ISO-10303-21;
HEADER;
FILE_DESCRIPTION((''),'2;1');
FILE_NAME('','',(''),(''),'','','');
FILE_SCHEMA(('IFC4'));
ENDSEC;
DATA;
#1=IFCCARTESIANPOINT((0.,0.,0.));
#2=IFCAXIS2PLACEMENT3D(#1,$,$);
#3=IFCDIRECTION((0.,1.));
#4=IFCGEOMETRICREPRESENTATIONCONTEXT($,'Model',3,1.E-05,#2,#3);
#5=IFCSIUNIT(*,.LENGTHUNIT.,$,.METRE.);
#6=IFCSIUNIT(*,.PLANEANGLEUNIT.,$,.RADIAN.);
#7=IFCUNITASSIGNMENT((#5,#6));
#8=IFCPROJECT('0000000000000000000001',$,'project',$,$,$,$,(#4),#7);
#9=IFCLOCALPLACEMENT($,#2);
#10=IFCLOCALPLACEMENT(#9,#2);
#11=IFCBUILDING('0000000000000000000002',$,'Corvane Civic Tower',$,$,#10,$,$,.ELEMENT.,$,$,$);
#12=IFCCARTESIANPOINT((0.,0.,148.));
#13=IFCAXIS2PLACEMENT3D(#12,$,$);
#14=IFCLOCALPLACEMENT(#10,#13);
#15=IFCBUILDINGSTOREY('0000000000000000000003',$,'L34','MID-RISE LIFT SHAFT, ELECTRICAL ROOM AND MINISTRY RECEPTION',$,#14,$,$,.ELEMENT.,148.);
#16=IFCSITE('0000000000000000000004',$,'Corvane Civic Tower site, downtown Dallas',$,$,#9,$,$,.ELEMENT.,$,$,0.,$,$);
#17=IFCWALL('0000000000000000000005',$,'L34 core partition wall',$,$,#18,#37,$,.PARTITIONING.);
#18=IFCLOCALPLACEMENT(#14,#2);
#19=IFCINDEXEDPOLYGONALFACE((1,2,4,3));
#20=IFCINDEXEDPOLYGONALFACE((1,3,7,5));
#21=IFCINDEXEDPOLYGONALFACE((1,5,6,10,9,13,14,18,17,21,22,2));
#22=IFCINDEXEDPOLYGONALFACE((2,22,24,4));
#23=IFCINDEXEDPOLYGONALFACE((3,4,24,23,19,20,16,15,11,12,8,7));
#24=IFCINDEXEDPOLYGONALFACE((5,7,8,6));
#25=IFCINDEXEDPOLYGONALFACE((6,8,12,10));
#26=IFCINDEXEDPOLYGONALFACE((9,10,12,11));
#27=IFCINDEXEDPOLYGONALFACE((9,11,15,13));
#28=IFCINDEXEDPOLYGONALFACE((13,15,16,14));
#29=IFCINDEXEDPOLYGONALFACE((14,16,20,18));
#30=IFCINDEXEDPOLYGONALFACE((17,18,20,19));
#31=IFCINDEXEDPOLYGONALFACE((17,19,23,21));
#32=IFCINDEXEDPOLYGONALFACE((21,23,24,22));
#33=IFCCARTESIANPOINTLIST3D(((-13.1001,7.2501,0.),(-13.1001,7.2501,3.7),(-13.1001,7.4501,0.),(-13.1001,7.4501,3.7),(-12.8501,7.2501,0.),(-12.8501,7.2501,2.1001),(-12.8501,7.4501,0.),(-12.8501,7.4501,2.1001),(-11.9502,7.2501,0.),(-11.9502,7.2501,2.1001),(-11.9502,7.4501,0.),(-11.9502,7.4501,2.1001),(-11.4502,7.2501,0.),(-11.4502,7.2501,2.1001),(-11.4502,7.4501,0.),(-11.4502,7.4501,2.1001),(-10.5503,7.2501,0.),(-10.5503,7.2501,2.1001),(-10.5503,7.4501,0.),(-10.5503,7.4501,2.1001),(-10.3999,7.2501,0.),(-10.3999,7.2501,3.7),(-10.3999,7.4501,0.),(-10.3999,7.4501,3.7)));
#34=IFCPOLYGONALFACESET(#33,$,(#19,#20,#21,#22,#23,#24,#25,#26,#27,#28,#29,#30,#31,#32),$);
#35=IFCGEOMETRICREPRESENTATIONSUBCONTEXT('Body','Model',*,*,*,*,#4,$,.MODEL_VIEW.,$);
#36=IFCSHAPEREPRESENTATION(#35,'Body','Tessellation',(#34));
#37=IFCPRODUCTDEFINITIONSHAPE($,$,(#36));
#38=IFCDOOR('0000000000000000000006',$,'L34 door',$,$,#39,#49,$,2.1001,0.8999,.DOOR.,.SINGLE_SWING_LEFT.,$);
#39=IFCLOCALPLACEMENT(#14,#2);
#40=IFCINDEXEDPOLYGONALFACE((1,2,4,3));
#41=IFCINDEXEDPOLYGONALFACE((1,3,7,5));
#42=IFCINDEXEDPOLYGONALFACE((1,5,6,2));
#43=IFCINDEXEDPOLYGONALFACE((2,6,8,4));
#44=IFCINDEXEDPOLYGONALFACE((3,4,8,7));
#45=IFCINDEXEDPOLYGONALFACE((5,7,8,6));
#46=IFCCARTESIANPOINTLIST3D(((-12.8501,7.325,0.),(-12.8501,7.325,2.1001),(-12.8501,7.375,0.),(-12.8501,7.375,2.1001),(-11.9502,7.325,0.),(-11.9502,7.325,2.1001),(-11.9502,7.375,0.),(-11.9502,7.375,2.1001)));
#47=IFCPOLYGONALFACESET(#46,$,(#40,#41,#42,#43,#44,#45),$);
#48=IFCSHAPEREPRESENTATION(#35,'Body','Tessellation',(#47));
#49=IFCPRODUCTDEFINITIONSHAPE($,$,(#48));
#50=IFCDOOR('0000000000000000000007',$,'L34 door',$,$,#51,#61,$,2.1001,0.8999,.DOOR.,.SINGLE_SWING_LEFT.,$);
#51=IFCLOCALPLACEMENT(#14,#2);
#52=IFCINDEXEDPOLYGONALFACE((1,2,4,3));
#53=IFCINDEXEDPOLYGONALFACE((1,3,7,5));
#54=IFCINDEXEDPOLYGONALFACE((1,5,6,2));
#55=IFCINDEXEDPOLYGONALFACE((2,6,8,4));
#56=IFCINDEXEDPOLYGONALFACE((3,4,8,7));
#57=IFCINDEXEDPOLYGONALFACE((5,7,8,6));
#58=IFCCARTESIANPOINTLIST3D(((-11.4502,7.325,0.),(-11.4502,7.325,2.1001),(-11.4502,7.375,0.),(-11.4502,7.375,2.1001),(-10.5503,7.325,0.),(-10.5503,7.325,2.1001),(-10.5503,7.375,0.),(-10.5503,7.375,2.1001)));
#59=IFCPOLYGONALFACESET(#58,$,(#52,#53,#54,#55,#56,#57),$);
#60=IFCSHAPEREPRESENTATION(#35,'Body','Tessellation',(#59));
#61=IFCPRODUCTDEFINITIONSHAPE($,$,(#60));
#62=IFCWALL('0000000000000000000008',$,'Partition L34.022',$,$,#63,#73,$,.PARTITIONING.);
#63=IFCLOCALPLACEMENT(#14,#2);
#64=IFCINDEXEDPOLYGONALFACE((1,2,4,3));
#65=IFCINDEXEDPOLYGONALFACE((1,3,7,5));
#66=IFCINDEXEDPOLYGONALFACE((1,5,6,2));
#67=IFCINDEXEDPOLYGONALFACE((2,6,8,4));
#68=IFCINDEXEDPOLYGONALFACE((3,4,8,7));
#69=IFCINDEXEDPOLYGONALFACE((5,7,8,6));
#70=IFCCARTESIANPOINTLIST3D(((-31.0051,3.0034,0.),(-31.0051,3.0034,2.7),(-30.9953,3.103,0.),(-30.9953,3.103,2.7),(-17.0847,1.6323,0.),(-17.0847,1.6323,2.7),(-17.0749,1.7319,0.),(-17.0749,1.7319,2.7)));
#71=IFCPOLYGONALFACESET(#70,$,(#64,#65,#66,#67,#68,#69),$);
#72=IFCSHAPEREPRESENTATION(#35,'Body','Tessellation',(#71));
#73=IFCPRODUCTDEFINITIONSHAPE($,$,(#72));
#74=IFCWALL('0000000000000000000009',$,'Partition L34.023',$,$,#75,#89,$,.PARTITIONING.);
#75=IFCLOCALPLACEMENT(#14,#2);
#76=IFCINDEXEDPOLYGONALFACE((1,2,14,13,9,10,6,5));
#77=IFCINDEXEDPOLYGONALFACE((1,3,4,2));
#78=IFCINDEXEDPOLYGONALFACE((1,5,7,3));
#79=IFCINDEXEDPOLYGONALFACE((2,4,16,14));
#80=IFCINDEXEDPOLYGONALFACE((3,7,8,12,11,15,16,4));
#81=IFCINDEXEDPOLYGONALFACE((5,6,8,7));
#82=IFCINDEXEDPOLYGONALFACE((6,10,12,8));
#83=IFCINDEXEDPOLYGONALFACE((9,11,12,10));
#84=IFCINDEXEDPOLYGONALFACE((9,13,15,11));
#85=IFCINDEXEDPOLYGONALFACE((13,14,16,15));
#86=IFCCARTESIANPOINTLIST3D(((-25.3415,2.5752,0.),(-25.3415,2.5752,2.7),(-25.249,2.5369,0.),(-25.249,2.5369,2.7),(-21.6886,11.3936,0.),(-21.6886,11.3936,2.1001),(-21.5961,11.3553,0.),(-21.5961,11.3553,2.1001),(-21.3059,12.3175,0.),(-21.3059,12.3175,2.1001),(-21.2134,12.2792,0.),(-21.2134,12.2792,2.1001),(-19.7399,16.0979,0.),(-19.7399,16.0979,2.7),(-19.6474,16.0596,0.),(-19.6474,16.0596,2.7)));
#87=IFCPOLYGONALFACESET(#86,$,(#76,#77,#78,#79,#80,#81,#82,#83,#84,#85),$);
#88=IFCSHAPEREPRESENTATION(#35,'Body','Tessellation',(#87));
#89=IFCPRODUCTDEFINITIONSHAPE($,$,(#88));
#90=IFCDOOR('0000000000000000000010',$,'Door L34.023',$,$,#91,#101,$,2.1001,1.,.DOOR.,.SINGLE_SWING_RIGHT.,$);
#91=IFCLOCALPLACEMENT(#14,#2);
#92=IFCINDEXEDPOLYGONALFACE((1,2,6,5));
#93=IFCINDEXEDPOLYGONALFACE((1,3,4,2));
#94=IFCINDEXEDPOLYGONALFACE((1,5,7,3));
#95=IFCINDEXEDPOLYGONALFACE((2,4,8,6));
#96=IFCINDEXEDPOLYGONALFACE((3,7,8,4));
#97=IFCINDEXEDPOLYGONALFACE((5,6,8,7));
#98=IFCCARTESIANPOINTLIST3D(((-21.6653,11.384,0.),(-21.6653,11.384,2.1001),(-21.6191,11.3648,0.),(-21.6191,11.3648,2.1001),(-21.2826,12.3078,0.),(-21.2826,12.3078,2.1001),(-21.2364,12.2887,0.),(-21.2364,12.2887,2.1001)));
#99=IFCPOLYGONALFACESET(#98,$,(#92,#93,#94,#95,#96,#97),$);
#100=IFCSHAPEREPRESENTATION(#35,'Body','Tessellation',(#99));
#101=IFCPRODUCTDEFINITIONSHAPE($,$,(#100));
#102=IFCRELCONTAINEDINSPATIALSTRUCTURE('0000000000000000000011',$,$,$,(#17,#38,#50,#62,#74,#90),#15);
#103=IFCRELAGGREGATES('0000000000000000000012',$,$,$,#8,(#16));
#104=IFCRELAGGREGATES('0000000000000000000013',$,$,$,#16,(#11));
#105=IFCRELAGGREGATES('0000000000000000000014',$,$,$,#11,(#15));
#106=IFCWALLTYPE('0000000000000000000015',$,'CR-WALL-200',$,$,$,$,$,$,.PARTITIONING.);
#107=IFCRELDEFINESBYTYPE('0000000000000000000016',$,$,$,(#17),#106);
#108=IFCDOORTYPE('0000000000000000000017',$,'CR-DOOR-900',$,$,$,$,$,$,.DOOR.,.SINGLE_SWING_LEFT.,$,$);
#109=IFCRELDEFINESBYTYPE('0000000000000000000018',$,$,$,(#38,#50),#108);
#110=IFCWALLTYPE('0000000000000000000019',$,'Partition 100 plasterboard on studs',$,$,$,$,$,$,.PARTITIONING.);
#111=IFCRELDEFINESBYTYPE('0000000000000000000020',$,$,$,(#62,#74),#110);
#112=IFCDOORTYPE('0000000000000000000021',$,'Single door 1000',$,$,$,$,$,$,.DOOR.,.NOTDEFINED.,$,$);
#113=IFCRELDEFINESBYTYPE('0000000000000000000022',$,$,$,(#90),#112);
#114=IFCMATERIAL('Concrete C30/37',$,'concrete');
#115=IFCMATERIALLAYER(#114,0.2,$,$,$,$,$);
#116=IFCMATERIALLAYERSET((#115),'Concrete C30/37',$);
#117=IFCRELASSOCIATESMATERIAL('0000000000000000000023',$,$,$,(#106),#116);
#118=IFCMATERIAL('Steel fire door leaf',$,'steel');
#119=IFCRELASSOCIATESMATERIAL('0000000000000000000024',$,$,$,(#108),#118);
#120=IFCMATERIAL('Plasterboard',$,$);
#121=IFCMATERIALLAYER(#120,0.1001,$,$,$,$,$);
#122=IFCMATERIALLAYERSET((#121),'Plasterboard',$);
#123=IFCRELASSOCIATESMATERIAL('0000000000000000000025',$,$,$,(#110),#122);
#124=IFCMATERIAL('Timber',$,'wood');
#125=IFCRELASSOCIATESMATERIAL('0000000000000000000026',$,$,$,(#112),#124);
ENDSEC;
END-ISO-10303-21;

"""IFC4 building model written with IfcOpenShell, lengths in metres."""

from ifc_helpers import new_model, si_unit, direction, frame, frame_2d, origin, place, context, subcontext, project, spatial, rectangle, extrude, material, layer, layer_set, type_object, element, fill, save


model = new_model("IFC4")

# Units and contexts
model_context = context("Model", 3, precision=1e-05, world=origin(), true_north=direction((0.0, 1.0)))
body_context = subcontext(model_context, "Body", "Model", "MODEL_VIEW")
ifc_project = project(units=[si_unit("LENGTHUNIT", "METRE"), si_unit("PLANEANGLEUNIT", "RADIAN")], contexts=[model_context])

# Site, building, storey
site_placement = place(None, origin())
site = spatial("IfcSite", under=ifc_project, at=site_placement, Name="Corvane Civic Tower site, downtown Dallas", CompositionType="ELEMENT", RefElevation=0.0)
building_placement = place(site_placement, origin())
building = spatial("IfcBuilding", under=site, at=building_placement, Name="Corvane Civic Tower", CompositionType="ELEMENT")
storey_placement = place(building_placement, frame((0.0, 0.0, 148.0)))
storey = spatial("IfcBuildingStorey", under=building, at=storey_placement, Name="L34", Description="MID-RISE LIFT SHAFT, ELECTRICAL ROOM AND MINISTRY RECEPTION", CompositionType="ELEMENT", Elevation=148.0)

# Wall, openings, doors
ifc_material_1 = material(Name="Concrete C30/37", Category="concrete")
ifc_layer_1 = layer(ifc_material_1, 0.2)
ifc_layer_set_1 = layer_set([ifc_layer_1], Name="Concrete C30/37")
wall_type_1 = type_object("IfcWallType", Name="CR-WALL-200", PredefinedType="PARTITIONING", material=ifc_layer_set_1)
ifc_material_2 = material(Name="Steel fire door leaf", Category="steel")
door_type_1 = type_object("IfcDoorType", Name="CR-DOOR-900", OperationType="SINGLE_SWING_LEFT", PredefinedType="DOOR", material=ifc_material_2)
wall_1_placement = place(storey_placement, frame((-13.1001, 7.3501, 0.0), z_axis=(0.0, 0.0, 1.0), x_axis=(1.0, 0.0, 0.0)))
wall_1 = element("IfcWall", 1, at=wall_1_placement, inside=storey, type_object=wall_type_1, Name="L34 core partition wall", PredefinedType="PARTITIONING", context=body_context, shape_type="SweptSolid", body=[
    extrude(rectangle(XDim=2.7002, YDim=0.2, at=frame_2d((1.3501, 0.0))), origin(), (0.0, 0.0, 1.0), 3.7),
])
opening_1_placement = place(wall_1_placement, frame((0.25, 0.0, 0.0)))
opening_1 = element("IfcOpeningElement", 2, at=opening_1_placement, cuts=wall_1, PredefinedType="OPENING", context=body_context, shape_type="SweptSolid", body=[
    extrude(rectangle(XDim=0.8999, YDim=2.1001, at=frame_2d((0.45, 1.05))), frame((0.0, 0.1099, 0.0), z_axis=(0.0, -1.0, 0.0), x_axis=(1.0, 0.0, 0.0)), (0.0, 0.0, 1.0), 0.22),
])
opening_2_placement = place(wall_1_placement, frame((1.6499, 0.0, 0.0)))
opening_2 = element("IfcOpeningElement", 3, at=opening_2_placement, cuts=wall_1, PredefinedType="OPENING", context=body_context, shape_type="SweptSolid", body=[
    extrude(rectangle(XDim=0.8999, YDim=2.1001, at=frame_2d((0.45, 1.05))), frame((0.0, 0.1099, 0.0), z_axis=(0.0, -1.0, 0.0), x_axis=(1.0, 0.0, 0.0)), (0.0, 0.0, 1.0), 0.22),
])
door_1_placement = place(opening_1_placement, origin())
door_1 = element("IfcDoor", 4, at=door_1_placement, inside=storey, type_object=door_type_1, Name="L34 door", OperationType="SINGLE_SWING_LEFT", OverallHeight=2.1001, OverallWidth=0.8999, PredefinedType="DOOR", context=body_context, shape_type="SweptSolid", body=[
    extrude(rectangle(XDim=0.8999, YDim=2.1001, at=frame_2d((0.45, 1.05))), frame((0.0, 0.0249, 0.0), z_axis=(0.0, -1.0, 0.0), x_axis=(1.0, 0.0, 0.0)), (0.0, 0.0, 1.0), 0.05),
])
fill(opening_1, door_1)
door_2_placement = place(opening_2_placement, origin())
door_2 = element("IfcDoor", 5, at=door_2_placement, inside=storey, type_object=door_type_1, Name="L34 door", OperationType="SINGLE_SWING_LEFT", OverallHeight=2.1001, OverallWidth=0.8999, PredefinedType="DOOR", context=body_context, shape_type="SweptSolid", body=[
    extrude(rectangle(XDim=0.8999, YDim=2.1001, at=frame_2d((0.45, 1.05))), frame((0.0, 0.0249, 0.0), z_axis=(0.0, -1.0, 0.0), x_axis=(1.0, 0.0, 0.0)), (0.0, 0.0, 1.0), 0.05),
])
fill(opening_2, door_2)

# Wall
ifc_material_3 = material(Name="Plasterboard")
ifc_layer_2 = layer(ifc_material_3, 0.1001)
ifc_layer_set_2 = layer_set([ifc_layer_2], Name="Plasterboard")
wall_type_2 = type_object("IfcWallType", Name="Partition 100 plasterboard on studs", PredefinedType="PARTITIONING", material=ifc_layer_set_2)
wall_2_placement = place(storey_placement, frame((-31.0002, 3.0532, 0.0), z_axis=(0.0, 0.0, 1.0), x_axis=(0.995184, -0.098021, 0.0)))
element("IfcWall", 6, at=wall_2_placement, inside=storey, type_object=wall_type_2, Name="Partition L34.022", PredefinedType="PARTITIONING", context=body_context, shape_type="SweptSolid", body=[
    extrude(rectangle(XDim=13.9878, YDim=0.1001, at=frame_2d((6.9939, 0.0))), origin(), (0.0, 0.0, 1.0), 2.7),
])

# Wall, opening, door
wall_3_placement = place(storey_placement, frame((-25.2952, 2.5562, 0.0), z_axis=(0.0, 0.0, 1.0), x_axis=(0.382699, 0.923873, 0.0)))
wall_3 = element("IfcWall", 7, at=wall_3_placement, inside=storey, type_object=wall_type_2, Name="Partition L34.023", PredefinedType="PARTITIONING", context=body_context, shape_type="SweptSolid", body=[
    extrude(rectangle(XDim=14.637, YDim=0.1001, at=frame_2d((7.3184, 0.0))), origin(), (0.0, 0.0, 1.0), 2.7),
])
opening_3_placement = place(wall_3_placement, frame((9.5449, 0.0, 0.0)))
opening_3 = element("IfcOpeningElement", 8, at=opening_3_placement, cuts=wall_3, PredefinedType="OPENING", context=body_context, shape_type="SweptSolid", body=[
    extrude(rectangle(XDim=1.0, YDim=2.1001, at=frame_2d((0.5, 1.05))), frame((0.0, 0.0601, 0.0), z_axis=(0.0, -1.0, 0.0), x_axis=(1.0, 0.0, 0.0)), (0.0, 0.0, 1.0), 0.1201),
])
ifc_material_4 = material(Name="Timber", Category="wood")
door_type_2 = type_object("IfcDoorType", Name="Single door 1000", OperationType="NOTDEFINED", PredefinedType="DOOR", material=ifc_material_4)
door_3_placement = place(opening_3_placement, origin())
door_3 = element("IfcDoor", 9, at=door_3_placement, inside=storey, type_object=door_type_2, Name="Door L34.023", OperationType="SINGLE_SWING_RIGHT", OverallHeight=2.1001, OverallWidth=1.0, PredefinedType="DOOR", context=body_context, shape_type="SweptSolid", body=[
    extrude(rectangle(XDim=1.0, YDim=2.1001, at=frame_2d((0.5, 1.05))), frame((0.0, 0.0249, 0.0), z_axis=(0.0, -1.0, 0.0), x_axis=(1.0, 0.0, 0.0)), (0.0, 0.0, 1.0), 0.05),
])
fill(opening_3, door_3)

save(model, "model.ifc")
